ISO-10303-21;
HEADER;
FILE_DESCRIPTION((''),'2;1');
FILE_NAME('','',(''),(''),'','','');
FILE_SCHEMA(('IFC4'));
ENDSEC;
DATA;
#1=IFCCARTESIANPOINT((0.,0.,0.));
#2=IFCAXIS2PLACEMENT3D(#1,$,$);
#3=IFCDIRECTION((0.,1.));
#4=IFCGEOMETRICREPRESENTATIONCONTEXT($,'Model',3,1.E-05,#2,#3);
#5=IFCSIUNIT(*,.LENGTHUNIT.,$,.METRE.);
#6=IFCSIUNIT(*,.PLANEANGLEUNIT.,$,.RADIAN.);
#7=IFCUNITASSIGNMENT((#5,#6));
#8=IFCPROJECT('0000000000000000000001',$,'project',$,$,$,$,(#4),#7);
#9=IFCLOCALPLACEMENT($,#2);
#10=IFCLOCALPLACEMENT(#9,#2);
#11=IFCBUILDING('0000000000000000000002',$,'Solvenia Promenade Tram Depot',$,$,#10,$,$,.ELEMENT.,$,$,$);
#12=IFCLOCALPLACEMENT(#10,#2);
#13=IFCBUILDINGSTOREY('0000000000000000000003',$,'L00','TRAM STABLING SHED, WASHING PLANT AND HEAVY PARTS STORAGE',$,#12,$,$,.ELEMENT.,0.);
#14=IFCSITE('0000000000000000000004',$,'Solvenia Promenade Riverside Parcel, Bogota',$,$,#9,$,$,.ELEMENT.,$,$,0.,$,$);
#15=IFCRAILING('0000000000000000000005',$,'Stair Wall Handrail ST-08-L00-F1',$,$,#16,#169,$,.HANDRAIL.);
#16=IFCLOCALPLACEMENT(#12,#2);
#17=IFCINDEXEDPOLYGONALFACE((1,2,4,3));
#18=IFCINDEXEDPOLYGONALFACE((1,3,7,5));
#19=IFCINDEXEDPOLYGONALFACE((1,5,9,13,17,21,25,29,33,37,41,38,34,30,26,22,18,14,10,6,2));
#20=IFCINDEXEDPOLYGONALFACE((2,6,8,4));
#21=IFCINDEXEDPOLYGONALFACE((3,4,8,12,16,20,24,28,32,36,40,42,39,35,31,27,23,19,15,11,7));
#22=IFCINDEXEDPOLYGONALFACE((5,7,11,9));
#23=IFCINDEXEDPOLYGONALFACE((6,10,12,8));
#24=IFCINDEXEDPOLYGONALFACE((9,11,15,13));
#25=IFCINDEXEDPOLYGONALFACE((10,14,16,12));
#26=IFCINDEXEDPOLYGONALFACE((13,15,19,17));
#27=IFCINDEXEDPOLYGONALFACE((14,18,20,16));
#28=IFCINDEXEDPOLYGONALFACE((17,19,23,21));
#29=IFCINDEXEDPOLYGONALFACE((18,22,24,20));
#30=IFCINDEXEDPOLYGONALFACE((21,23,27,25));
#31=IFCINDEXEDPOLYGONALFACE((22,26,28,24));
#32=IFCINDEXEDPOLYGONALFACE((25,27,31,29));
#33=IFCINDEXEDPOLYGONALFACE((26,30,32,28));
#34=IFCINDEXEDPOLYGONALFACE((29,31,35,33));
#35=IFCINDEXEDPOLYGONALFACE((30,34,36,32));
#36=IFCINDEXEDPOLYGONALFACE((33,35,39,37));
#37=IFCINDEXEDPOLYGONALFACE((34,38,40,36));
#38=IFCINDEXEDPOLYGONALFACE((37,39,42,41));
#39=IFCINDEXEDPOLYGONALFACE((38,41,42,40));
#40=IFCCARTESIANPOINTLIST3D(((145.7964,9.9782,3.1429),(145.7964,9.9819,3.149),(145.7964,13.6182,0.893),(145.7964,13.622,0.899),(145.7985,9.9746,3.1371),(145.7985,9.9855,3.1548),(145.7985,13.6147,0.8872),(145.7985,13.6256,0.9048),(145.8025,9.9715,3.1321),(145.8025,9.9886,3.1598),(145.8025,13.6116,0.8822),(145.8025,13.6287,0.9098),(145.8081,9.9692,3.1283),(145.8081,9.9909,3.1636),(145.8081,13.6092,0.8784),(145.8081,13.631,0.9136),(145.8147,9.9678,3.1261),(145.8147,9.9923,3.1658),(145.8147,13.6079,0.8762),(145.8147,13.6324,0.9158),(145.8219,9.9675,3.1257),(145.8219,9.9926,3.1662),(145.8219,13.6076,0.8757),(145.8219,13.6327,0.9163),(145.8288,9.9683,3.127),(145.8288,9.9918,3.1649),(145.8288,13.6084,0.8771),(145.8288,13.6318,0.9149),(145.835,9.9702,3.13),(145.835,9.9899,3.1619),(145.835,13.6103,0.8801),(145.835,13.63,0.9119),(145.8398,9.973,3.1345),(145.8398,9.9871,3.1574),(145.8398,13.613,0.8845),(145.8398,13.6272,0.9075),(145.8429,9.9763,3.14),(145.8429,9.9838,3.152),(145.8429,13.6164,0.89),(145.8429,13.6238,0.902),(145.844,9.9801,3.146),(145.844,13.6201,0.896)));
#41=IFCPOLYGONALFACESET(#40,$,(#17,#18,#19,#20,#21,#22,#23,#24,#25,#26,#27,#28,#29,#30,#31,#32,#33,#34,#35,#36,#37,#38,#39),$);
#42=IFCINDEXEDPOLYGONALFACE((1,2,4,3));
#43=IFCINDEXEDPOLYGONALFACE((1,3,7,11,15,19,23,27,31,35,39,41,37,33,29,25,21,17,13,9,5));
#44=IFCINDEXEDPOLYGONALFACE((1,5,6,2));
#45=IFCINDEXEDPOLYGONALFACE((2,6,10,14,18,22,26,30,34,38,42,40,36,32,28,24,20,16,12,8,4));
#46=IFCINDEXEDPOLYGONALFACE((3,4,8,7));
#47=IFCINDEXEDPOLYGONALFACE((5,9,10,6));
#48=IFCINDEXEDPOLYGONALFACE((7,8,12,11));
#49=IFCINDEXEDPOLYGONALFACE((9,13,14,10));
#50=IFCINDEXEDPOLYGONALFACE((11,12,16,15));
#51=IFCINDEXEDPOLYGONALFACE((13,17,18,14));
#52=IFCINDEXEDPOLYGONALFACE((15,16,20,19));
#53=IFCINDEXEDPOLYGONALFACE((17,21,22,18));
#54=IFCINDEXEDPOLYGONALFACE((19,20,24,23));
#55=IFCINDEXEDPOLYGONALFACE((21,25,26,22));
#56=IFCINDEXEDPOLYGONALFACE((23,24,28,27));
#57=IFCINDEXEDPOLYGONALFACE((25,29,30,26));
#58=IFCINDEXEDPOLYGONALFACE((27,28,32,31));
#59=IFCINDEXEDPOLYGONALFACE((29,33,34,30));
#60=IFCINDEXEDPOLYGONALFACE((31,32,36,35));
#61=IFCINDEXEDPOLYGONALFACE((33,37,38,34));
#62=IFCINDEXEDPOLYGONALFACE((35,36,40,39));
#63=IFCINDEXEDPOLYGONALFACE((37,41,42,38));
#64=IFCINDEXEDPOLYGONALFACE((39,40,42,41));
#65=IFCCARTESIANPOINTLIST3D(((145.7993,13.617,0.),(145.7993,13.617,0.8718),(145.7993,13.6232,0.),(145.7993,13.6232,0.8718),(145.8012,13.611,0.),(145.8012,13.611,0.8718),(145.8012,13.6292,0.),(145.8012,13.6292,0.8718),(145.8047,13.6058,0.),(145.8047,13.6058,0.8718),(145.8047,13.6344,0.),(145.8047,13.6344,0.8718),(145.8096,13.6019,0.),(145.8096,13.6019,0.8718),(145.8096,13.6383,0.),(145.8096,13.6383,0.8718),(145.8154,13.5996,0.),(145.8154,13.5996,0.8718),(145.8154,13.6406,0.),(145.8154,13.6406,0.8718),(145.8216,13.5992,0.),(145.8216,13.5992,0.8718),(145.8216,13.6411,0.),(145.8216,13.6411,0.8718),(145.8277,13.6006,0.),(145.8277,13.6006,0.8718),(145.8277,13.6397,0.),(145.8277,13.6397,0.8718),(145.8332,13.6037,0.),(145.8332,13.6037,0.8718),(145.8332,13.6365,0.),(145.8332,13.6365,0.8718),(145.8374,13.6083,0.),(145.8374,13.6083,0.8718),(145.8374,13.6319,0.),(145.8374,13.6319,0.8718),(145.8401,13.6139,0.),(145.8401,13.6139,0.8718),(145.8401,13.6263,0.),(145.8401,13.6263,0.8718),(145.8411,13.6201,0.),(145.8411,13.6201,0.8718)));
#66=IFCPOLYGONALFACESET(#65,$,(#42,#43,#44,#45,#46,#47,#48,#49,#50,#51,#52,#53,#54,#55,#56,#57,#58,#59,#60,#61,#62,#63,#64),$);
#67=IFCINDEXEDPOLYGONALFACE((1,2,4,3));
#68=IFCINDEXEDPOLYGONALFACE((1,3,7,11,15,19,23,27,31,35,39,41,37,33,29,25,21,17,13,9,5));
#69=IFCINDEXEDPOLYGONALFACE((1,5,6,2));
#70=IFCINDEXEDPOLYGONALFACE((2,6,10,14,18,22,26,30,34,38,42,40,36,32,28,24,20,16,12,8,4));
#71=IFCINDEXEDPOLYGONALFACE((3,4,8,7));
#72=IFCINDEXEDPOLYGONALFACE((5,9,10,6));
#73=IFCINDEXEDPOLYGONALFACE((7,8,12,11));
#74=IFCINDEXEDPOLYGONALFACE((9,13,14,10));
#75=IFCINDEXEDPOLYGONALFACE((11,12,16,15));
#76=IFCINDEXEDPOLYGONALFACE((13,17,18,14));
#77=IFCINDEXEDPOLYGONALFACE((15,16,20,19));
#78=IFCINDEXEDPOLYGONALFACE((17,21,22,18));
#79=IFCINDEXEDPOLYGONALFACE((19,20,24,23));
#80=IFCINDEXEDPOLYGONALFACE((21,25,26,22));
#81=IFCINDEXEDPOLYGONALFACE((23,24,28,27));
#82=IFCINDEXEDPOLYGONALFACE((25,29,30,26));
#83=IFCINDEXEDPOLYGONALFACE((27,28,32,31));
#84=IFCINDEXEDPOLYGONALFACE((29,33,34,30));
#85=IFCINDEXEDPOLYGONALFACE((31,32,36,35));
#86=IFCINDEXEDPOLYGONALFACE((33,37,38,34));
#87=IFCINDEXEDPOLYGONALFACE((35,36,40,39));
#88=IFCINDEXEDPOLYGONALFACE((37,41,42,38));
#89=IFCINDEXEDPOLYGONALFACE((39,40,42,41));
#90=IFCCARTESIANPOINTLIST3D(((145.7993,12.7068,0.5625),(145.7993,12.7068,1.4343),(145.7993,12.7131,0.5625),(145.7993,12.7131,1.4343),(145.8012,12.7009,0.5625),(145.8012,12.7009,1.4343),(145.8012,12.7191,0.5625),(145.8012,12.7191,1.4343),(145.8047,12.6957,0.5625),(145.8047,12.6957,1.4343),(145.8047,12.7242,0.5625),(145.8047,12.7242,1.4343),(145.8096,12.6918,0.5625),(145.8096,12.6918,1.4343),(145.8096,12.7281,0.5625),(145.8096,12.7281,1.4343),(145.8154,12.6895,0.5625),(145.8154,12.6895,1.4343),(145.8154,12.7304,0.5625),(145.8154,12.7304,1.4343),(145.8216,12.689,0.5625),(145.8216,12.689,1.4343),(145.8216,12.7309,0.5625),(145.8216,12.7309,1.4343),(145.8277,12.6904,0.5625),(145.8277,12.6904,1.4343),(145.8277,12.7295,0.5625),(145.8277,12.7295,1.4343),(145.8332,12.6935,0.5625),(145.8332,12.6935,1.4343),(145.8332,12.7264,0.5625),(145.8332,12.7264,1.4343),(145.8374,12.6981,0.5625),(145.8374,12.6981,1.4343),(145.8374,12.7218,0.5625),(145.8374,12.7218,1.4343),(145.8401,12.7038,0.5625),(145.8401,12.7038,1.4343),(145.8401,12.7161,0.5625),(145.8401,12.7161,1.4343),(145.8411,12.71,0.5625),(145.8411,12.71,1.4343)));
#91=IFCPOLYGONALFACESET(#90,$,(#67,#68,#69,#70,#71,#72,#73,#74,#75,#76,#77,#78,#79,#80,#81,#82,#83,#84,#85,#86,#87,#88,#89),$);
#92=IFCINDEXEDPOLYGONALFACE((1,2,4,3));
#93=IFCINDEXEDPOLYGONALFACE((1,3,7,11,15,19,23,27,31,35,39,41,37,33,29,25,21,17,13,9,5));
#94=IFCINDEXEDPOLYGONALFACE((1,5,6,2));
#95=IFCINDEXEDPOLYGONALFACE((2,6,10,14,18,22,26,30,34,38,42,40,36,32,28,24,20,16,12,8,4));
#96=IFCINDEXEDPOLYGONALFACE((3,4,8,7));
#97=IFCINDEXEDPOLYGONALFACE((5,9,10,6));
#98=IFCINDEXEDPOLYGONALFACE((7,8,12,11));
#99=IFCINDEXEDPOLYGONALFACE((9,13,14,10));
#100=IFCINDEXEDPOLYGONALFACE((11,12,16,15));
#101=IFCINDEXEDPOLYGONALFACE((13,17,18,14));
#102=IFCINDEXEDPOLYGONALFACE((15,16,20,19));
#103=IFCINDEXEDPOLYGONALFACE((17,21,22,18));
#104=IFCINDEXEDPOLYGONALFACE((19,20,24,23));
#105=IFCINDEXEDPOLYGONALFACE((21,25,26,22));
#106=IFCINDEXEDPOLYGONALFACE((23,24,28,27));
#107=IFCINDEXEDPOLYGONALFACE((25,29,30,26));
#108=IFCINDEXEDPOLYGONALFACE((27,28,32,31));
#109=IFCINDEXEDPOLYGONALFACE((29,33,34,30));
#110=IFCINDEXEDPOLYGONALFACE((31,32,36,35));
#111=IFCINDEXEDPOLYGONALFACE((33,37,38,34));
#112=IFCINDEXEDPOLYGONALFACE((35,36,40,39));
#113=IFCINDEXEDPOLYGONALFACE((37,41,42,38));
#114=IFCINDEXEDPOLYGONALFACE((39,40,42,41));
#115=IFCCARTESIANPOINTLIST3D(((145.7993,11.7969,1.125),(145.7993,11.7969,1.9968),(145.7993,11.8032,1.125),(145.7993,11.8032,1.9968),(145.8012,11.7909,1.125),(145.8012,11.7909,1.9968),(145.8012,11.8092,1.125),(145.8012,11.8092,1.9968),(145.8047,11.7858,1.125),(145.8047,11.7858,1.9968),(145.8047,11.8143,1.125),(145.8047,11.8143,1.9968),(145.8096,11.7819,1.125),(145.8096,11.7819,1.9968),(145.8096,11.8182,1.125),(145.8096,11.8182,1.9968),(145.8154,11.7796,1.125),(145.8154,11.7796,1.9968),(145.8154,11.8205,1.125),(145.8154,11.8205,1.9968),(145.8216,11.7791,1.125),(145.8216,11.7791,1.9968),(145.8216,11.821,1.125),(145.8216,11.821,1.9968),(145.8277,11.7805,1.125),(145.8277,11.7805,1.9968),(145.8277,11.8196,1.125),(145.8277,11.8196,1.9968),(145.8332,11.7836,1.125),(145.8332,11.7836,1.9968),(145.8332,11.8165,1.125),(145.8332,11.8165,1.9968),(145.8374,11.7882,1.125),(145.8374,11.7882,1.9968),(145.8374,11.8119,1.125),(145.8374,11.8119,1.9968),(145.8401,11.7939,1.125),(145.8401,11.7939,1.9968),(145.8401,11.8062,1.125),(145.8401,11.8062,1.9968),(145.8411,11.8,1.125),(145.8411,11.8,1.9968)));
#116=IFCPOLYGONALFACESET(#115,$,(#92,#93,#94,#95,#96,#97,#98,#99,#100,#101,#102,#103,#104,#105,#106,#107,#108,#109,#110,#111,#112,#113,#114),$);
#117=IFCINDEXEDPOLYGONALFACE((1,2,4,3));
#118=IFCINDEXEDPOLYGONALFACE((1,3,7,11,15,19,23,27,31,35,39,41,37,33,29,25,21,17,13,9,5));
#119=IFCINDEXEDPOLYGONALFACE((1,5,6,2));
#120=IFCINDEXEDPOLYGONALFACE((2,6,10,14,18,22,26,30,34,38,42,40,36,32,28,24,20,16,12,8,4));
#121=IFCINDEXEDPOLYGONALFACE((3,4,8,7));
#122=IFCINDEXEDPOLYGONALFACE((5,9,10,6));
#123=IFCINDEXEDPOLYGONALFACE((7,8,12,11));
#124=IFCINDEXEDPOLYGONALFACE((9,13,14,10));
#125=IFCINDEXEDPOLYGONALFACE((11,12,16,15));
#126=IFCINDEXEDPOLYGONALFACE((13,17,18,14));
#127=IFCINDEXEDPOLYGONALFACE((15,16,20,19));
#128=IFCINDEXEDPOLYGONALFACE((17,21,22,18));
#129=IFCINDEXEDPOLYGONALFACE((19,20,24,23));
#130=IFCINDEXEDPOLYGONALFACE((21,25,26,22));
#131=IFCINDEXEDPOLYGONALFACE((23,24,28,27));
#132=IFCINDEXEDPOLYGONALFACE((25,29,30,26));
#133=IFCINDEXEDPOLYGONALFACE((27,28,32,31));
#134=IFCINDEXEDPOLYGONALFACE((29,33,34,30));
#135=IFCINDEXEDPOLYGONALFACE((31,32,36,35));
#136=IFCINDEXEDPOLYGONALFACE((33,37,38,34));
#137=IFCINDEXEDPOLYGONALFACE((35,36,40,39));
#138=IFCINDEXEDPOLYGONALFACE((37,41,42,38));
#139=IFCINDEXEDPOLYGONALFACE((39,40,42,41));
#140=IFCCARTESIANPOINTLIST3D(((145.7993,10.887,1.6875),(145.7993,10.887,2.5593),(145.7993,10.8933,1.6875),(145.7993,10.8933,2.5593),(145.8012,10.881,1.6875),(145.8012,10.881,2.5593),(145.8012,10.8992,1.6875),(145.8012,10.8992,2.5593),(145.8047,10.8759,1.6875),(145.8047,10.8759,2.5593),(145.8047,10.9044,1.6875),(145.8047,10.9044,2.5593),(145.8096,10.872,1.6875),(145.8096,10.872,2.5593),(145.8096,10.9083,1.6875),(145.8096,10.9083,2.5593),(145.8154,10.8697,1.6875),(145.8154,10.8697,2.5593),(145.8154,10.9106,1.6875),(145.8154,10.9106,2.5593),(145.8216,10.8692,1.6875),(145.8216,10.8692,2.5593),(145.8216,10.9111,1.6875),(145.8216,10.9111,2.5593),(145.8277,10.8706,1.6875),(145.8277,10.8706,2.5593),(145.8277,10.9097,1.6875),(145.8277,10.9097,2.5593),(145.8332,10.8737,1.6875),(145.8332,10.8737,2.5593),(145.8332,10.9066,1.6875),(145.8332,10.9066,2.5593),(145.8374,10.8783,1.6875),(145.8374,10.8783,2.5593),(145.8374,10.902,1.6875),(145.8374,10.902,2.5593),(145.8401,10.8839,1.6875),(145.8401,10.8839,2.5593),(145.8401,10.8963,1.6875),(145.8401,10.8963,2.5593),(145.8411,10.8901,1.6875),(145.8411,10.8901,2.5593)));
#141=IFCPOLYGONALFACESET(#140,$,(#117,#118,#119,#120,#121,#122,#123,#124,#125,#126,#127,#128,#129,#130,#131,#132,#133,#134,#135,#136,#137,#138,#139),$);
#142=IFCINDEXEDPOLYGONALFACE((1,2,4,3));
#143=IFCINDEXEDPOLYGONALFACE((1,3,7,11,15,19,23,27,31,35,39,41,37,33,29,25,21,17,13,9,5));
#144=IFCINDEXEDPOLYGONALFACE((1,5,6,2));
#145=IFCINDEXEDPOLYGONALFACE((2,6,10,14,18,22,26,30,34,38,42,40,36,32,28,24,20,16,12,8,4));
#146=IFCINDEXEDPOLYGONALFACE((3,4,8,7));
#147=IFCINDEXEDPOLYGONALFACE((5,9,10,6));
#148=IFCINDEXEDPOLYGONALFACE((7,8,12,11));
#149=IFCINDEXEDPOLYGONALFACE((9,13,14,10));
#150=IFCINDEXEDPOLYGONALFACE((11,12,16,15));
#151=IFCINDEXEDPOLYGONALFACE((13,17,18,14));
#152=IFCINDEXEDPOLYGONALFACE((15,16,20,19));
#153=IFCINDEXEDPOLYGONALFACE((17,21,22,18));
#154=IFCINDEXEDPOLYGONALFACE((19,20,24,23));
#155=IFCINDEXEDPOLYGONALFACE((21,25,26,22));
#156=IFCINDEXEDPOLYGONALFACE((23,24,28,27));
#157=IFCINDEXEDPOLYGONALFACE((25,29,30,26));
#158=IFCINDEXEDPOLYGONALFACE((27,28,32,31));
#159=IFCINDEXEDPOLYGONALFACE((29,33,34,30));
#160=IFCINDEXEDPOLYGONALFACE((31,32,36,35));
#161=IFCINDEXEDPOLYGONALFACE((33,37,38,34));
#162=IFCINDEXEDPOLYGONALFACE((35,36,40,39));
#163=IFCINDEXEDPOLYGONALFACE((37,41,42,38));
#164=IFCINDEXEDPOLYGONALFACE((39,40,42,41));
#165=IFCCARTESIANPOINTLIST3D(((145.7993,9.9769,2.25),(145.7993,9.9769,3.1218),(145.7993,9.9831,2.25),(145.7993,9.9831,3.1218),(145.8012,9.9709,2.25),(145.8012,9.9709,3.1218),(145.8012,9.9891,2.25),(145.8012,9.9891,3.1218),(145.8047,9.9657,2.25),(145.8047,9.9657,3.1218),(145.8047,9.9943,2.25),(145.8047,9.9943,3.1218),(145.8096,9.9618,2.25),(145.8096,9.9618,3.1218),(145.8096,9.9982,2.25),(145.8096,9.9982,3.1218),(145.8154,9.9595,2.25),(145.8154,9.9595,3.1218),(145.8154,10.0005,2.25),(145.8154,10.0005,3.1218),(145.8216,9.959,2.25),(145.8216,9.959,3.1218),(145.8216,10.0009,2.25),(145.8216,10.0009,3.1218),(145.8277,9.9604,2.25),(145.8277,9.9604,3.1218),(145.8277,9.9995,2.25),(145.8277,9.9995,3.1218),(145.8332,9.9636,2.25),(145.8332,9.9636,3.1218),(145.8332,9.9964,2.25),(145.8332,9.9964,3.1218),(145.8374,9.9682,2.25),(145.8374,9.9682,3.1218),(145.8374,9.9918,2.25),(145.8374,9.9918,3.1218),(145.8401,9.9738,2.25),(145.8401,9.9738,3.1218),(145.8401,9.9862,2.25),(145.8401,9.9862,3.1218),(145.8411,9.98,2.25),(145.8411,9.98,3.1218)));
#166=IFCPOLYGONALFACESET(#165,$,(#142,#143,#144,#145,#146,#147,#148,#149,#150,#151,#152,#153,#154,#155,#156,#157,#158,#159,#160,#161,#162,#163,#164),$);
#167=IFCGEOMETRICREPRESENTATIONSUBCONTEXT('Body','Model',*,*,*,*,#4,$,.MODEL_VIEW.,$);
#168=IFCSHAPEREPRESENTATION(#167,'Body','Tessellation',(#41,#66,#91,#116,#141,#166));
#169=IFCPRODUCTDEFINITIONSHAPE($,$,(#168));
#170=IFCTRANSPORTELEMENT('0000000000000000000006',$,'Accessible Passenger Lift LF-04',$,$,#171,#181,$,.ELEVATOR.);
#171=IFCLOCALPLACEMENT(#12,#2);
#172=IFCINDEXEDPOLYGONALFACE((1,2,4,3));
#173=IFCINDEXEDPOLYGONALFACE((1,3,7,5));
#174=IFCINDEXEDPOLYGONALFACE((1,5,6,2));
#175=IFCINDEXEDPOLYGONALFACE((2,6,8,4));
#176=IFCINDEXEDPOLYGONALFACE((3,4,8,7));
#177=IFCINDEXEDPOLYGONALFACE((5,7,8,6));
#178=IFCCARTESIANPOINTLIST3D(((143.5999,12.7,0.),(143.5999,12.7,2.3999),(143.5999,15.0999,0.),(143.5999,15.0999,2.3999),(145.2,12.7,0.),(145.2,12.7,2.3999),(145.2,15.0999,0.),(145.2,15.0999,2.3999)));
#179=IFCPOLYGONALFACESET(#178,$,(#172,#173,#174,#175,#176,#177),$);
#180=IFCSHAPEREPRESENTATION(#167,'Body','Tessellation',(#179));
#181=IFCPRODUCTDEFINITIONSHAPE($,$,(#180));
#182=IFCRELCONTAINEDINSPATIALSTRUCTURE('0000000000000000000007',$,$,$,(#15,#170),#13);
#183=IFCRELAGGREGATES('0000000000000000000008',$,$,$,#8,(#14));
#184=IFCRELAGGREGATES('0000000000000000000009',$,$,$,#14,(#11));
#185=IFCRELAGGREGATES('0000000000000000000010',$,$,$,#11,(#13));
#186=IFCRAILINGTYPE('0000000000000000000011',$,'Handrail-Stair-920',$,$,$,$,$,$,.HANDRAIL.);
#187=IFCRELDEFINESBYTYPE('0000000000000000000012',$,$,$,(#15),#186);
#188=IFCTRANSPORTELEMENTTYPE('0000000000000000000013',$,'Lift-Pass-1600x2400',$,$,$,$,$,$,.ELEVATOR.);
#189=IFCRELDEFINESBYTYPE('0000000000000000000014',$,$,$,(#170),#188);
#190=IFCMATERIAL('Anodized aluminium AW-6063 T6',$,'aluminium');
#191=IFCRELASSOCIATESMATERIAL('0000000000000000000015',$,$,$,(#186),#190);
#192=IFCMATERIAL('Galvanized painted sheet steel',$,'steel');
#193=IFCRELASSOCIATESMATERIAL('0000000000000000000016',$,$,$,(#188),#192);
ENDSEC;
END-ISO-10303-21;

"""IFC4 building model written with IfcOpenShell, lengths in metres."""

from ifc_helpers import new_model, si_unit, direction, frame, origin, origin_2d, place, context, subcontext, project, spatial, rectangle, circle, extrude, material, type_object, element, save


model = new_model("IFC4")

# Units and contexts
model_context = context("Model", 3, precision=1e-05, world=origin(), true_north=direction((0.0, 1.0)))
body_context = subcontext(model_context, "Body", "Model", "MODEL_VIEW")
ifc_project = project(units=[si_unit("LENGTHUNIT", "METRE"), si_unit("PLANEANGLEUNIT", "RADIAN")], contexts=[model_context])

# Site, building, storey
site_placement = place(None, origin())
site = spatial("IfcSite", under=ifc_project, at=site_placement, Name="Solvenia Promenade Riverside Parcel, Bogota", CompositionType="ELEMENT", RefElevation=0.0)
building_placement = place(site_placement, origin())
building = spatial("IfcBuilding", under=site, at=building_placement, Name="Solvenia Promenade Tram Depot", CompositionType="ELEMENT")
storey_placement = place(building_placement, origin())
storey = spatial("IfcBuildingStorey", under=building, at=storey_placement, Name="L00", Description="TRAM STABLING SHED, WASHING PLANT AND HEAVY PARTS STORAGE", CompositionType="ELEMENT", Elevation=0.0)

# Shared definitions
ifc_material_1 = material(Name="Galvanized painted sheet steel", Category="steel")

# Railing
ifc_material_2 = material(Name="Anodized aluminium AW-6063 T6", Category="aluminium")
railing_type_1 = type_object("IfcRailingType", Name="Handrail-Stair-920", PredefinedType="HANDRAIL", material=ifc_material_2)
railing_1_placement = place(storey_placement, frame((145.8201, 13.6201, 0.0)))
element("IfcRailing", 1, at=railing_1_placement, inside=storey, type_object=railing_type_1, Name="Stair Wall Handrail ST-08-L00-F1", PredefinedType="HANDRAIL", context=body_context, shape_type="SweptSolid", body=[
    extrude(circle(Radius=0.0239, at=origin_2d()), frame((0.0, 0.0, 0.896), z_axis=(0.0, -0.850622, 0.525777), x_axis=(1.0, 0.0, 0.0)), (0.0, 0.0, 1.0), 4.2793),
    extrude(circle(Radius=0.021, at=origin_2d()), origin(), (0.0, 0.0, 1.0), 0.8718),
    extrude(circle(Radius=0.021, at=origin_2d()), frame((0.0, -0.9102, 0.5625)), (0.0, 0.0, 1.0), 0.8718),
    extrude(circle(Radius=0.021, at=origin_2d()), frame((0.0, -1.8201, 1.125)), (0.0, 0.0, 1.0), 0.8718),
    extrude(circle(Radius=0.021, at=origin_2d()), frame((0.0, -2.73, 1.6875)), (0.0, 0.0, 1.0), 0.8718),
    extrude(circle(Radius=0.021, at=origin_2d()), frame((0.0, -3.6401, 2.25)), (0.0, 0.0, 1.0), 0.8718),
])

# Transport element
transport_element_type = type_object("IfcTransportElementType", Name="Lift-Pass-1600x2400", PredefinedType="ELEVATOR", material=ifc_material_1)
transport_element_placement = place(storey_placement, frame((144.3999, 13.8999, 0.0), z_axis=(0.0, 0.0, 1.0), x_axis=(1.0, 0.0, 0.0)))
element("IfcTransportElement", 2, at=transport_element_placement, inside=storey, type_object=transport_element_type, Name="Accessible Passenger Lift LF-04", PredefinedType="ELEVATOR", context=body_context, shape_type="SweptSolid", body=[
    extrude(rectangle(XDim=1.6001, YDim=2.3999, at=origin_2d()), origin(), (0.0, 0.0, 1.0), 2.3999),
])

save(model, "model.ifc")
